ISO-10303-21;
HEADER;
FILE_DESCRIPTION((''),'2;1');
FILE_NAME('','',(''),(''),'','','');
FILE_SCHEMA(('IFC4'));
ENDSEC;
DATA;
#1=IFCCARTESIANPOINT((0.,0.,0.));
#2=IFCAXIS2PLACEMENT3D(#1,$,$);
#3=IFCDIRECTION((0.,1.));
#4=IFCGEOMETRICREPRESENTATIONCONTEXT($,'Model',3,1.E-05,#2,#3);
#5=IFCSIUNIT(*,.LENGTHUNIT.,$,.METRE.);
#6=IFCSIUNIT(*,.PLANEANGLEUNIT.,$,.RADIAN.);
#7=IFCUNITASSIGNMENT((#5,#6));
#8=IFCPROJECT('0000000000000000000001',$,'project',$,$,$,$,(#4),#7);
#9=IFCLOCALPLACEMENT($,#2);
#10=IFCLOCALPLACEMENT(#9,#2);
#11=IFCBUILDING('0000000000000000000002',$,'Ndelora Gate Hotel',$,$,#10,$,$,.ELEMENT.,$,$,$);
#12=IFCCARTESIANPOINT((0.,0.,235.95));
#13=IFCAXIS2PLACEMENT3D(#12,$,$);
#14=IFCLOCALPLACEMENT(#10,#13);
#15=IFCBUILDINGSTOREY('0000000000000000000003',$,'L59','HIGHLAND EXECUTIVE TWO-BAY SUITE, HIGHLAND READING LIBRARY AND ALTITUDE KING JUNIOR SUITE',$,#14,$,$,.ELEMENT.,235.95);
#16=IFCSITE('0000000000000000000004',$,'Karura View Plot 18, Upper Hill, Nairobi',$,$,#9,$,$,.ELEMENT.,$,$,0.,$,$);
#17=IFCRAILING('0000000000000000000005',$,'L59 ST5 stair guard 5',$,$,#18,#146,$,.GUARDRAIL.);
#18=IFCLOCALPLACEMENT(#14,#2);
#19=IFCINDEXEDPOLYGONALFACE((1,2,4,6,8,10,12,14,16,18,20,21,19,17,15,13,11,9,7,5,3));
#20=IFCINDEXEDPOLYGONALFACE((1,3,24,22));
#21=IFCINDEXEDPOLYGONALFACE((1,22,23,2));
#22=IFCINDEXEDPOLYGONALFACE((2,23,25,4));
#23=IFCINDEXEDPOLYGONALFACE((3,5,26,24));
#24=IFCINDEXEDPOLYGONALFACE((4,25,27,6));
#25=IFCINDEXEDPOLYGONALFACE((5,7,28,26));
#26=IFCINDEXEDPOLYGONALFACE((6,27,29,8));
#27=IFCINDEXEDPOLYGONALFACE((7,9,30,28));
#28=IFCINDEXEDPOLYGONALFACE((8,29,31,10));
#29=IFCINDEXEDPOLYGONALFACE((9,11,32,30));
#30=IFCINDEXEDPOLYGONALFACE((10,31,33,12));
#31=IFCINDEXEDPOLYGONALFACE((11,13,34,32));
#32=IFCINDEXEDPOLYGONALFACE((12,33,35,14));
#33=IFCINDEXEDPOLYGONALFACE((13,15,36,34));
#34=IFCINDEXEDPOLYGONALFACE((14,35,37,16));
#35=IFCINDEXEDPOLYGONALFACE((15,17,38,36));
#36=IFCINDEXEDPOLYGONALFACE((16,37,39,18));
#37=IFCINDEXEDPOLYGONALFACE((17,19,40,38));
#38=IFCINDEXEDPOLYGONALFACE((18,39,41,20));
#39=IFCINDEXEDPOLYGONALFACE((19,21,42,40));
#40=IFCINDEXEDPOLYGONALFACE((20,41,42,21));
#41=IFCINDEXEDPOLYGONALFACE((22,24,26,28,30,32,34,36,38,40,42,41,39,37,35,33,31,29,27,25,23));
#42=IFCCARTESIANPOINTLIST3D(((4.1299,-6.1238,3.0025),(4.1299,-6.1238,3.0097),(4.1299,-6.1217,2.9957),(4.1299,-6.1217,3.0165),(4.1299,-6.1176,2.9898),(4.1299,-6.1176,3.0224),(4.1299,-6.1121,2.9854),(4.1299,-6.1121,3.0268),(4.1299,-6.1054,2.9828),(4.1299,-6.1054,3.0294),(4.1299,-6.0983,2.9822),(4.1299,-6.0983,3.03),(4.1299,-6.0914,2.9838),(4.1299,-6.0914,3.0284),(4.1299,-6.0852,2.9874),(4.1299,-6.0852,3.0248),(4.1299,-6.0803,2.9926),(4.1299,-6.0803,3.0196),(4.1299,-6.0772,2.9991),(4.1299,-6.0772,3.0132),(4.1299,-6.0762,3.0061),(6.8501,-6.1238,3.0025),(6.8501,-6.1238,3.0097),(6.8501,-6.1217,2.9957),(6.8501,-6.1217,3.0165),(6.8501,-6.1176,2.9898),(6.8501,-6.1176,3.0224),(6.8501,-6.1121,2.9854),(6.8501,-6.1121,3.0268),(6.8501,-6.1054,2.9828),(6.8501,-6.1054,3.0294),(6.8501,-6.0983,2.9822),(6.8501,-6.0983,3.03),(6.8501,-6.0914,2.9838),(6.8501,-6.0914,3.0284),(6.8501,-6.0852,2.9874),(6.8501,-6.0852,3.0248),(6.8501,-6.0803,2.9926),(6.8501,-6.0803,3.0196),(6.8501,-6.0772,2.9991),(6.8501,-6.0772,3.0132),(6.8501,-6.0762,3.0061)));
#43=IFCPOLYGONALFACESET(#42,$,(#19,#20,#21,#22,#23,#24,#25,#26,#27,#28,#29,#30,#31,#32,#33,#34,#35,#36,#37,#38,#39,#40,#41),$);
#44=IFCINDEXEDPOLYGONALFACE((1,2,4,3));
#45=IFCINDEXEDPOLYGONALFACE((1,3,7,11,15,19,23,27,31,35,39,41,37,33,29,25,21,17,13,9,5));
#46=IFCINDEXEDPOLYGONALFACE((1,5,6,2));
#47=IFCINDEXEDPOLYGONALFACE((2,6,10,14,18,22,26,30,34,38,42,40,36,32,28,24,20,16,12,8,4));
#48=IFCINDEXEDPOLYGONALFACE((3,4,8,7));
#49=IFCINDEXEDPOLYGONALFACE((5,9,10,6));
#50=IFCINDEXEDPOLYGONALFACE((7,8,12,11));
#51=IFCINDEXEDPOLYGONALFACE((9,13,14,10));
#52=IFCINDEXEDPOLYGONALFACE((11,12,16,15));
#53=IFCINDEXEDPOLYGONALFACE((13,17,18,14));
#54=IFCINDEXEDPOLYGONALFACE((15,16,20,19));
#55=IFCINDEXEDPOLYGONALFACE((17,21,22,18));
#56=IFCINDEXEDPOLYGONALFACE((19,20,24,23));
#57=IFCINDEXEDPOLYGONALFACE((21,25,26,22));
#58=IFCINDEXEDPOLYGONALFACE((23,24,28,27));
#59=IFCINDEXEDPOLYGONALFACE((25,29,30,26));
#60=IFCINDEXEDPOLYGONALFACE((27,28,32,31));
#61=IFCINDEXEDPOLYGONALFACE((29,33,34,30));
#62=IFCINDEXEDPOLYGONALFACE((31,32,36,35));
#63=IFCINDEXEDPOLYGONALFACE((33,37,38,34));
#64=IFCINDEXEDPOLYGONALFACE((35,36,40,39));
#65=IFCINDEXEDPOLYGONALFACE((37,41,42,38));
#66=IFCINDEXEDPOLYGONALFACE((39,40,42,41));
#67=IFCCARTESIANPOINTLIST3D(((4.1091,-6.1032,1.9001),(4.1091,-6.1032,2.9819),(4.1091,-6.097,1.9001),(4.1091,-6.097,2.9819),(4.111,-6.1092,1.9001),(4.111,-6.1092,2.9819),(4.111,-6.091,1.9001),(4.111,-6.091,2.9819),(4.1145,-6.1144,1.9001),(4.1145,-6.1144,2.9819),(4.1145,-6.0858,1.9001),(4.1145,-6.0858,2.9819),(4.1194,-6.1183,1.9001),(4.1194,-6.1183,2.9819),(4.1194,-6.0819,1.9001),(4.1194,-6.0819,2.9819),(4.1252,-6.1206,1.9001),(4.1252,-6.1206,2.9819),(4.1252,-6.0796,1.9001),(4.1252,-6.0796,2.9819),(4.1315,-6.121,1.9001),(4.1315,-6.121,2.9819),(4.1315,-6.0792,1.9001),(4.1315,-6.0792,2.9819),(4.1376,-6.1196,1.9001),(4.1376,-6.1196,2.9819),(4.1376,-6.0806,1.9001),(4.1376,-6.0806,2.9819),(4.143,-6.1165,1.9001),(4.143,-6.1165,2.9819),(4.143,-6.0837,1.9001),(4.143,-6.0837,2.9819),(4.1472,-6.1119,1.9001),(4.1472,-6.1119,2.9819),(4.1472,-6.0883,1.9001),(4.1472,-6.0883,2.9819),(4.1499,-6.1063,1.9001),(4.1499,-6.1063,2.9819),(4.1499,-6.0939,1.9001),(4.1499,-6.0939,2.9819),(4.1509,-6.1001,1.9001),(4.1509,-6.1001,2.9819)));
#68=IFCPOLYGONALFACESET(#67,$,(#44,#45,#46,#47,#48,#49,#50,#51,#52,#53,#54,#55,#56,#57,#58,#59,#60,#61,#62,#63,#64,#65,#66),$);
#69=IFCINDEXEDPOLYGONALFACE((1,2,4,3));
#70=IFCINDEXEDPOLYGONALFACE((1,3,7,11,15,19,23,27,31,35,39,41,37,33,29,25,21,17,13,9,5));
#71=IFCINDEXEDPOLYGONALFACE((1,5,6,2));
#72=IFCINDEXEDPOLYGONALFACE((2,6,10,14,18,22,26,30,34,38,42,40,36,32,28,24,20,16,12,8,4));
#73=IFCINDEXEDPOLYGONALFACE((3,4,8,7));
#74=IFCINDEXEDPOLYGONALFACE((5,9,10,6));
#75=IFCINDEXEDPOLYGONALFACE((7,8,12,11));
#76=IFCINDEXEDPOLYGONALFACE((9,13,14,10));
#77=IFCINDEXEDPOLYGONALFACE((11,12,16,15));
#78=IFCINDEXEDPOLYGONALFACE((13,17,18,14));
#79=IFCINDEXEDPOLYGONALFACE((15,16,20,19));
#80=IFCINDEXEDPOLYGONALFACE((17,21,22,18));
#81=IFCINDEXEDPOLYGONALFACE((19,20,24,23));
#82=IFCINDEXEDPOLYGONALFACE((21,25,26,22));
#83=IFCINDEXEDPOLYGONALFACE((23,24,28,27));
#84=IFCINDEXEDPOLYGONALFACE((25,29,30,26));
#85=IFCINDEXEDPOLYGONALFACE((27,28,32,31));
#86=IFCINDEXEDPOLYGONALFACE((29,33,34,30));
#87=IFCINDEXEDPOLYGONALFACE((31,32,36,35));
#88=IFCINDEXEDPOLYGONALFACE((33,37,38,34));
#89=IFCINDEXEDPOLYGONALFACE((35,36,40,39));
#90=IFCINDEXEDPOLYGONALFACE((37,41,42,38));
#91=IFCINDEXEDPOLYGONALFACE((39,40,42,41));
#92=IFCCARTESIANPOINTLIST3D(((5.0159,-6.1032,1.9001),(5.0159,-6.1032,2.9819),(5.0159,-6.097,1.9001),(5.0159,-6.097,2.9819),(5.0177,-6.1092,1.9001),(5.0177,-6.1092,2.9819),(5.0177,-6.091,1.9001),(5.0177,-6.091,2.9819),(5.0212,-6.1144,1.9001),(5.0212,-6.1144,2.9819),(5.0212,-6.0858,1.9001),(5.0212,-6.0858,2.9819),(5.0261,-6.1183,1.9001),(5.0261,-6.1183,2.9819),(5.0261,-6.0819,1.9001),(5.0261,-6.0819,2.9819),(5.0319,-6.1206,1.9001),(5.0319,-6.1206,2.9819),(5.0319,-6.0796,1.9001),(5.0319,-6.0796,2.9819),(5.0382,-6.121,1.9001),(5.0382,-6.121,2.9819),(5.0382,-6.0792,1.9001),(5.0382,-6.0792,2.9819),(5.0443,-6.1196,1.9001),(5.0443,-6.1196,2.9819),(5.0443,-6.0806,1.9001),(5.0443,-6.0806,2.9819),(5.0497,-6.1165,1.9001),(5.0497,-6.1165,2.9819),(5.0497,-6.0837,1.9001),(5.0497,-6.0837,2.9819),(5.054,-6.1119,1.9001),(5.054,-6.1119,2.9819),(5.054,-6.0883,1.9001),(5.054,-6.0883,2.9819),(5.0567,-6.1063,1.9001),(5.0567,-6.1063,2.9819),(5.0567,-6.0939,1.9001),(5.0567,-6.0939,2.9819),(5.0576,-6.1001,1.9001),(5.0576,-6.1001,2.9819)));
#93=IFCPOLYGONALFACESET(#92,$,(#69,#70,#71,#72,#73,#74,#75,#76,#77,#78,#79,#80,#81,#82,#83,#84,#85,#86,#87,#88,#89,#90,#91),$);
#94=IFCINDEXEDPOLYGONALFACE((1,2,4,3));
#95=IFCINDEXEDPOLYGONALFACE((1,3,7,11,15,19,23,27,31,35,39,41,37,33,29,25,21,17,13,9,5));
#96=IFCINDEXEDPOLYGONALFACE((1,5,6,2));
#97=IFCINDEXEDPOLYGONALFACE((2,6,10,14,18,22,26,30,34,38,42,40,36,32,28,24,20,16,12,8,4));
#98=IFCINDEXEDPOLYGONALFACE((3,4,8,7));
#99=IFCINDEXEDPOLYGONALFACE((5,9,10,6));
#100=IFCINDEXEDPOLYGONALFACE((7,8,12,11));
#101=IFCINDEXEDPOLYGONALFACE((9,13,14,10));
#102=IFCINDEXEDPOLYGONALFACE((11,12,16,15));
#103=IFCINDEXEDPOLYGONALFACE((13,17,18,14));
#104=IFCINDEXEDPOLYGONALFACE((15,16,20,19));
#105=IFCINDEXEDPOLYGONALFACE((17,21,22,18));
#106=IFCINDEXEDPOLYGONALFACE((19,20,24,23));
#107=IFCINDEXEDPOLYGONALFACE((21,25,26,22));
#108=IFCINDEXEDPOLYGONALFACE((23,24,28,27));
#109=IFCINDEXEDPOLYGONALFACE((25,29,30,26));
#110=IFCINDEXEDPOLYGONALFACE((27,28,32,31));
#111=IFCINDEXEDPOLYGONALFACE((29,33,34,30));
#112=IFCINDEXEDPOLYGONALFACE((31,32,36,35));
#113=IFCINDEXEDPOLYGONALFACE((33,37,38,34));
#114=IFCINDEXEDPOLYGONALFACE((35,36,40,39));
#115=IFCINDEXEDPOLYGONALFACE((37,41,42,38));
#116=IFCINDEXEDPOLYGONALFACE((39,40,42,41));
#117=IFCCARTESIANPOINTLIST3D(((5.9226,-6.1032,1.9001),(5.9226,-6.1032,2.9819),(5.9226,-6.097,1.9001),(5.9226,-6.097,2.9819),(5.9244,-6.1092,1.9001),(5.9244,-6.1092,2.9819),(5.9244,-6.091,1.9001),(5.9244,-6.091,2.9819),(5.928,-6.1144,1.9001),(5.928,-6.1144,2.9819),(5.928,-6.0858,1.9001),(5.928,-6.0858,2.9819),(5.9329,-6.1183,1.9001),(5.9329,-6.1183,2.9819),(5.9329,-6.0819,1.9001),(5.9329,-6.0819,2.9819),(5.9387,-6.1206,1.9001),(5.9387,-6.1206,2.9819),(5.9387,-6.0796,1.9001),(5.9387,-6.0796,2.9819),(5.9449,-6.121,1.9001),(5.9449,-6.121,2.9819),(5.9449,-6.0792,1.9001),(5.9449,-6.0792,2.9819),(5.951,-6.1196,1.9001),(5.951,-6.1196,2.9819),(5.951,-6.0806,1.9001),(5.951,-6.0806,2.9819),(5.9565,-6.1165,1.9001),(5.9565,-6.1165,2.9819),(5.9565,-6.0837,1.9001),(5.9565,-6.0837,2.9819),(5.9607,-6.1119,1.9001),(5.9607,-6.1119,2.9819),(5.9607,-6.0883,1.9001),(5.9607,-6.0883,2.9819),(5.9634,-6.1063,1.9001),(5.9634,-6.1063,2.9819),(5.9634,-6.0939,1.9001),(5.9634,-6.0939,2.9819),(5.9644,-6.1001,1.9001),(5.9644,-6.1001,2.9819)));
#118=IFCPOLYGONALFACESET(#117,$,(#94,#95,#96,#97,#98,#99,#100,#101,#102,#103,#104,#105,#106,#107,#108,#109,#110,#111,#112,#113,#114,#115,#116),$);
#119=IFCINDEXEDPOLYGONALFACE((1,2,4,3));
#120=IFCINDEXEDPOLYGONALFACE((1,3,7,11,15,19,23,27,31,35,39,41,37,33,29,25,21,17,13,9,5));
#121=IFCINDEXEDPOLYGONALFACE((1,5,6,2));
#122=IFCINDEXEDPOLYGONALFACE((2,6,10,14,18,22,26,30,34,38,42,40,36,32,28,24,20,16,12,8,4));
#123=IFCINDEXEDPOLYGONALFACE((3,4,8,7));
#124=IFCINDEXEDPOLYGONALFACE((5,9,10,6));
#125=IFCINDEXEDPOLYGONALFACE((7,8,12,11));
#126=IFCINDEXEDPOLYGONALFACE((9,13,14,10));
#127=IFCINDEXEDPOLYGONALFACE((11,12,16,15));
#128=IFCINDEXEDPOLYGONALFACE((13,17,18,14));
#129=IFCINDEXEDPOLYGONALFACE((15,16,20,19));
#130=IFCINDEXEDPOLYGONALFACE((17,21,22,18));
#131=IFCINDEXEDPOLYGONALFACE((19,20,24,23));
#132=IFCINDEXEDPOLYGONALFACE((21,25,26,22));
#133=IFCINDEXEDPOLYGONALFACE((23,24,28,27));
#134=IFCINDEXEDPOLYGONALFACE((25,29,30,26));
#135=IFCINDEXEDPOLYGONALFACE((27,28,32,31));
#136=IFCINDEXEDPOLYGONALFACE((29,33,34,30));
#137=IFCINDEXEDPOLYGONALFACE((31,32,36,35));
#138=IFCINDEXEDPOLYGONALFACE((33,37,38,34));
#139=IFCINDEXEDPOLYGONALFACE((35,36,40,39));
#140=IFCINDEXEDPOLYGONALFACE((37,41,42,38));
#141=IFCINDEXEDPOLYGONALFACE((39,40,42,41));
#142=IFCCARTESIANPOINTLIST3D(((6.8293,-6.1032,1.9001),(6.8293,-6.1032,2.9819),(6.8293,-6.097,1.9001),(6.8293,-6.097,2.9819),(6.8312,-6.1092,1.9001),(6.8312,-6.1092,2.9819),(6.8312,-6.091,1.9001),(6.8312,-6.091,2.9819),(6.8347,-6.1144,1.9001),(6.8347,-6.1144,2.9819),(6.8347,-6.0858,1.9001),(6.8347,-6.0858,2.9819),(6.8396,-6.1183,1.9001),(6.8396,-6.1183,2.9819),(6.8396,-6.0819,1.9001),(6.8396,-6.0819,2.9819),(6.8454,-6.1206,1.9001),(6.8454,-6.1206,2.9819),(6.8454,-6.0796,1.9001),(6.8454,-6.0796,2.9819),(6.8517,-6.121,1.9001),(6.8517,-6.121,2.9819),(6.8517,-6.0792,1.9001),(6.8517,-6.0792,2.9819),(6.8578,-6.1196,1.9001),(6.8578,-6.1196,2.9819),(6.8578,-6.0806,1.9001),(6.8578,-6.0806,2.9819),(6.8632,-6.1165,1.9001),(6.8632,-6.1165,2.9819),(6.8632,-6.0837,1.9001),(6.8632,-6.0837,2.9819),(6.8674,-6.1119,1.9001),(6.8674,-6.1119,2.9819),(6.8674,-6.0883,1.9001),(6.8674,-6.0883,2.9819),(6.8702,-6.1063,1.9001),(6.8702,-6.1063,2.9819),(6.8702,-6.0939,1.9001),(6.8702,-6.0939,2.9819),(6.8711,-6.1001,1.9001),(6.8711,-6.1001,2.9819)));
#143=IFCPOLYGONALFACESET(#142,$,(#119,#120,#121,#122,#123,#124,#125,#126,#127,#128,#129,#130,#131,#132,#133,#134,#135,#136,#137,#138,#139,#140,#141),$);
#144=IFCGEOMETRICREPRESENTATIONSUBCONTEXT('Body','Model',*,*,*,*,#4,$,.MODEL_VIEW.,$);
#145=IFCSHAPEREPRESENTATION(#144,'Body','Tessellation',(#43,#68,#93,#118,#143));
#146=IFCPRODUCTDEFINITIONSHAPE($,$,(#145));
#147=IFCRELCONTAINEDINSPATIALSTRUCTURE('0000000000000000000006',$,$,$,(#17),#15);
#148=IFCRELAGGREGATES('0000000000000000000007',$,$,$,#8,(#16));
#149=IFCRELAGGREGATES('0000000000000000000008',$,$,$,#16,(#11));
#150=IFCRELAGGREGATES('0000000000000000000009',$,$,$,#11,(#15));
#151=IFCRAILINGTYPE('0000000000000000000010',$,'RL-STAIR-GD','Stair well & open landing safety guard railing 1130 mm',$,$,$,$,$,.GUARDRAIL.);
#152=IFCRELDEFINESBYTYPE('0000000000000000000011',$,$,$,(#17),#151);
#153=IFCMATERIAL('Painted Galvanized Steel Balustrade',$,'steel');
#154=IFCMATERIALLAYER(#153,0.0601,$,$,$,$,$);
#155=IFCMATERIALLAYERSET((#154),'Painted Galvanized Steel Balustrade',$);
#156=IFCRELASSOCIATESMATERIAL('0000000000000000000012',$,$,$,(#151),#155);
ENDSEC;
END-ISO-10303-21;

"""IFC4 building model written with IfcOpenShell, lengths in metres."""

from ifc_helpers import new_model, si_unit, direction, frame, origin, origin_2d, place, context, subcontext, project, spatial, circle, extrude, material, layer, layer_set, type_object, element, save


model = new_model("IFC4")

# Units and contexts
model_context = context("Model", 3, precision=1e-05, world=origin(), true_north=direction((0.0, 1.0)))
body_context = subcontext(model_context, "Body", "Model", "MODEL_VIEW")
ifc_project = project(units=[si_unit("LENGTHUNIT", "METRE"), si_unit("PLANEANGLEUNIT", "RADIAN")], contexts=[model_context])

# Site, building, storey
site_placement = place(None, origin())
site = spatial("IfcSite", under=ifc_project, at=site_placement, Name="Karura View Plot 18, Upper Hill, Nairobi", CompositionType="ELEMENT", RefElevation=0.0)
building_placement = place(site_placement, origin())
building = spatial("IfcBuilding", under=site, at=building_placement, Name="Ndelora Gate Hotel", CompositionType="ELEMENT")
storey_placement = place(building_placement, frame((0.0, 0.0, 235.95)))
storey = spatial("IfcBuildingStorey", under=building, at=storey_placement, Name="L59", Description="HIGHLAND EXECUTIVE TWO-BAY SUITE, HIGHLAND READING LIBRARY AND ALTITUDE KING JUNIOR SUITE", CompositionType="ELEMENT", Elevation=235.95)

# Railing
ifc_material_1 = material(Name="Painted Galvanized Steel Balustrade", Category="steel")
ifc_layer_1 = layer(ifc_material_1, 0.0601)
ifc_layer_set_1 = layer_set([ifc_layer_1], Name="Painted Galvanized Steel Balustrade")
railing_type_1 = type_object("IfcRailingType", Name="RL-STAIR-GD", Description="Stair well & open landing safety guard railing 1130 mm", PredefinedType="GUARDRAIL", material=ifc_layer_set_1)
railing_1_placement = place(storey_placement, frame((4.1299, -6.1001, 1.9001)))
element("IfcRailing", 1, at=railing_1_placement, inside=storey, type_object=railing_type_1, Name="L59 ST5 stair guard 5", PredefinedType="GUARDRAIL", context=body_context, shape_type="SweptSolid", body=[
    extrude(circle(Radius=0.0239, at=origin_2d()), frame((0.0, 0.0, 1.106), z_axis=(1.0, 0.0, 0.0), x_axis=(0.0, 1.0, 0.0)), (0.0, 0.0, 1.0), 2.7202),
    extrude(circle(Radius=0.021, at=origin_2d()), origin(), (0.0, 0.0, 1.0), 1.0818),
    extrude(circle(Radius=0.021, at=origin_2d()), frame((0.9067, 0.0, 0.0)), (0.0, 0.0, 1.0), 1.0818),
    extrude(circle(Radius=0.021, at=origin_2d()), frame((1.8135, 0.0, 0.0)), (0.0, 0.0, 1.0), 1.0818),
    extrude(circle(Radius=0.021, at=origin_2d()), frame((2.7202, 0.0, 0.0)), (0.0, 0.0, 1.0), 1.0818),
])

save(model, "model.ifc")
